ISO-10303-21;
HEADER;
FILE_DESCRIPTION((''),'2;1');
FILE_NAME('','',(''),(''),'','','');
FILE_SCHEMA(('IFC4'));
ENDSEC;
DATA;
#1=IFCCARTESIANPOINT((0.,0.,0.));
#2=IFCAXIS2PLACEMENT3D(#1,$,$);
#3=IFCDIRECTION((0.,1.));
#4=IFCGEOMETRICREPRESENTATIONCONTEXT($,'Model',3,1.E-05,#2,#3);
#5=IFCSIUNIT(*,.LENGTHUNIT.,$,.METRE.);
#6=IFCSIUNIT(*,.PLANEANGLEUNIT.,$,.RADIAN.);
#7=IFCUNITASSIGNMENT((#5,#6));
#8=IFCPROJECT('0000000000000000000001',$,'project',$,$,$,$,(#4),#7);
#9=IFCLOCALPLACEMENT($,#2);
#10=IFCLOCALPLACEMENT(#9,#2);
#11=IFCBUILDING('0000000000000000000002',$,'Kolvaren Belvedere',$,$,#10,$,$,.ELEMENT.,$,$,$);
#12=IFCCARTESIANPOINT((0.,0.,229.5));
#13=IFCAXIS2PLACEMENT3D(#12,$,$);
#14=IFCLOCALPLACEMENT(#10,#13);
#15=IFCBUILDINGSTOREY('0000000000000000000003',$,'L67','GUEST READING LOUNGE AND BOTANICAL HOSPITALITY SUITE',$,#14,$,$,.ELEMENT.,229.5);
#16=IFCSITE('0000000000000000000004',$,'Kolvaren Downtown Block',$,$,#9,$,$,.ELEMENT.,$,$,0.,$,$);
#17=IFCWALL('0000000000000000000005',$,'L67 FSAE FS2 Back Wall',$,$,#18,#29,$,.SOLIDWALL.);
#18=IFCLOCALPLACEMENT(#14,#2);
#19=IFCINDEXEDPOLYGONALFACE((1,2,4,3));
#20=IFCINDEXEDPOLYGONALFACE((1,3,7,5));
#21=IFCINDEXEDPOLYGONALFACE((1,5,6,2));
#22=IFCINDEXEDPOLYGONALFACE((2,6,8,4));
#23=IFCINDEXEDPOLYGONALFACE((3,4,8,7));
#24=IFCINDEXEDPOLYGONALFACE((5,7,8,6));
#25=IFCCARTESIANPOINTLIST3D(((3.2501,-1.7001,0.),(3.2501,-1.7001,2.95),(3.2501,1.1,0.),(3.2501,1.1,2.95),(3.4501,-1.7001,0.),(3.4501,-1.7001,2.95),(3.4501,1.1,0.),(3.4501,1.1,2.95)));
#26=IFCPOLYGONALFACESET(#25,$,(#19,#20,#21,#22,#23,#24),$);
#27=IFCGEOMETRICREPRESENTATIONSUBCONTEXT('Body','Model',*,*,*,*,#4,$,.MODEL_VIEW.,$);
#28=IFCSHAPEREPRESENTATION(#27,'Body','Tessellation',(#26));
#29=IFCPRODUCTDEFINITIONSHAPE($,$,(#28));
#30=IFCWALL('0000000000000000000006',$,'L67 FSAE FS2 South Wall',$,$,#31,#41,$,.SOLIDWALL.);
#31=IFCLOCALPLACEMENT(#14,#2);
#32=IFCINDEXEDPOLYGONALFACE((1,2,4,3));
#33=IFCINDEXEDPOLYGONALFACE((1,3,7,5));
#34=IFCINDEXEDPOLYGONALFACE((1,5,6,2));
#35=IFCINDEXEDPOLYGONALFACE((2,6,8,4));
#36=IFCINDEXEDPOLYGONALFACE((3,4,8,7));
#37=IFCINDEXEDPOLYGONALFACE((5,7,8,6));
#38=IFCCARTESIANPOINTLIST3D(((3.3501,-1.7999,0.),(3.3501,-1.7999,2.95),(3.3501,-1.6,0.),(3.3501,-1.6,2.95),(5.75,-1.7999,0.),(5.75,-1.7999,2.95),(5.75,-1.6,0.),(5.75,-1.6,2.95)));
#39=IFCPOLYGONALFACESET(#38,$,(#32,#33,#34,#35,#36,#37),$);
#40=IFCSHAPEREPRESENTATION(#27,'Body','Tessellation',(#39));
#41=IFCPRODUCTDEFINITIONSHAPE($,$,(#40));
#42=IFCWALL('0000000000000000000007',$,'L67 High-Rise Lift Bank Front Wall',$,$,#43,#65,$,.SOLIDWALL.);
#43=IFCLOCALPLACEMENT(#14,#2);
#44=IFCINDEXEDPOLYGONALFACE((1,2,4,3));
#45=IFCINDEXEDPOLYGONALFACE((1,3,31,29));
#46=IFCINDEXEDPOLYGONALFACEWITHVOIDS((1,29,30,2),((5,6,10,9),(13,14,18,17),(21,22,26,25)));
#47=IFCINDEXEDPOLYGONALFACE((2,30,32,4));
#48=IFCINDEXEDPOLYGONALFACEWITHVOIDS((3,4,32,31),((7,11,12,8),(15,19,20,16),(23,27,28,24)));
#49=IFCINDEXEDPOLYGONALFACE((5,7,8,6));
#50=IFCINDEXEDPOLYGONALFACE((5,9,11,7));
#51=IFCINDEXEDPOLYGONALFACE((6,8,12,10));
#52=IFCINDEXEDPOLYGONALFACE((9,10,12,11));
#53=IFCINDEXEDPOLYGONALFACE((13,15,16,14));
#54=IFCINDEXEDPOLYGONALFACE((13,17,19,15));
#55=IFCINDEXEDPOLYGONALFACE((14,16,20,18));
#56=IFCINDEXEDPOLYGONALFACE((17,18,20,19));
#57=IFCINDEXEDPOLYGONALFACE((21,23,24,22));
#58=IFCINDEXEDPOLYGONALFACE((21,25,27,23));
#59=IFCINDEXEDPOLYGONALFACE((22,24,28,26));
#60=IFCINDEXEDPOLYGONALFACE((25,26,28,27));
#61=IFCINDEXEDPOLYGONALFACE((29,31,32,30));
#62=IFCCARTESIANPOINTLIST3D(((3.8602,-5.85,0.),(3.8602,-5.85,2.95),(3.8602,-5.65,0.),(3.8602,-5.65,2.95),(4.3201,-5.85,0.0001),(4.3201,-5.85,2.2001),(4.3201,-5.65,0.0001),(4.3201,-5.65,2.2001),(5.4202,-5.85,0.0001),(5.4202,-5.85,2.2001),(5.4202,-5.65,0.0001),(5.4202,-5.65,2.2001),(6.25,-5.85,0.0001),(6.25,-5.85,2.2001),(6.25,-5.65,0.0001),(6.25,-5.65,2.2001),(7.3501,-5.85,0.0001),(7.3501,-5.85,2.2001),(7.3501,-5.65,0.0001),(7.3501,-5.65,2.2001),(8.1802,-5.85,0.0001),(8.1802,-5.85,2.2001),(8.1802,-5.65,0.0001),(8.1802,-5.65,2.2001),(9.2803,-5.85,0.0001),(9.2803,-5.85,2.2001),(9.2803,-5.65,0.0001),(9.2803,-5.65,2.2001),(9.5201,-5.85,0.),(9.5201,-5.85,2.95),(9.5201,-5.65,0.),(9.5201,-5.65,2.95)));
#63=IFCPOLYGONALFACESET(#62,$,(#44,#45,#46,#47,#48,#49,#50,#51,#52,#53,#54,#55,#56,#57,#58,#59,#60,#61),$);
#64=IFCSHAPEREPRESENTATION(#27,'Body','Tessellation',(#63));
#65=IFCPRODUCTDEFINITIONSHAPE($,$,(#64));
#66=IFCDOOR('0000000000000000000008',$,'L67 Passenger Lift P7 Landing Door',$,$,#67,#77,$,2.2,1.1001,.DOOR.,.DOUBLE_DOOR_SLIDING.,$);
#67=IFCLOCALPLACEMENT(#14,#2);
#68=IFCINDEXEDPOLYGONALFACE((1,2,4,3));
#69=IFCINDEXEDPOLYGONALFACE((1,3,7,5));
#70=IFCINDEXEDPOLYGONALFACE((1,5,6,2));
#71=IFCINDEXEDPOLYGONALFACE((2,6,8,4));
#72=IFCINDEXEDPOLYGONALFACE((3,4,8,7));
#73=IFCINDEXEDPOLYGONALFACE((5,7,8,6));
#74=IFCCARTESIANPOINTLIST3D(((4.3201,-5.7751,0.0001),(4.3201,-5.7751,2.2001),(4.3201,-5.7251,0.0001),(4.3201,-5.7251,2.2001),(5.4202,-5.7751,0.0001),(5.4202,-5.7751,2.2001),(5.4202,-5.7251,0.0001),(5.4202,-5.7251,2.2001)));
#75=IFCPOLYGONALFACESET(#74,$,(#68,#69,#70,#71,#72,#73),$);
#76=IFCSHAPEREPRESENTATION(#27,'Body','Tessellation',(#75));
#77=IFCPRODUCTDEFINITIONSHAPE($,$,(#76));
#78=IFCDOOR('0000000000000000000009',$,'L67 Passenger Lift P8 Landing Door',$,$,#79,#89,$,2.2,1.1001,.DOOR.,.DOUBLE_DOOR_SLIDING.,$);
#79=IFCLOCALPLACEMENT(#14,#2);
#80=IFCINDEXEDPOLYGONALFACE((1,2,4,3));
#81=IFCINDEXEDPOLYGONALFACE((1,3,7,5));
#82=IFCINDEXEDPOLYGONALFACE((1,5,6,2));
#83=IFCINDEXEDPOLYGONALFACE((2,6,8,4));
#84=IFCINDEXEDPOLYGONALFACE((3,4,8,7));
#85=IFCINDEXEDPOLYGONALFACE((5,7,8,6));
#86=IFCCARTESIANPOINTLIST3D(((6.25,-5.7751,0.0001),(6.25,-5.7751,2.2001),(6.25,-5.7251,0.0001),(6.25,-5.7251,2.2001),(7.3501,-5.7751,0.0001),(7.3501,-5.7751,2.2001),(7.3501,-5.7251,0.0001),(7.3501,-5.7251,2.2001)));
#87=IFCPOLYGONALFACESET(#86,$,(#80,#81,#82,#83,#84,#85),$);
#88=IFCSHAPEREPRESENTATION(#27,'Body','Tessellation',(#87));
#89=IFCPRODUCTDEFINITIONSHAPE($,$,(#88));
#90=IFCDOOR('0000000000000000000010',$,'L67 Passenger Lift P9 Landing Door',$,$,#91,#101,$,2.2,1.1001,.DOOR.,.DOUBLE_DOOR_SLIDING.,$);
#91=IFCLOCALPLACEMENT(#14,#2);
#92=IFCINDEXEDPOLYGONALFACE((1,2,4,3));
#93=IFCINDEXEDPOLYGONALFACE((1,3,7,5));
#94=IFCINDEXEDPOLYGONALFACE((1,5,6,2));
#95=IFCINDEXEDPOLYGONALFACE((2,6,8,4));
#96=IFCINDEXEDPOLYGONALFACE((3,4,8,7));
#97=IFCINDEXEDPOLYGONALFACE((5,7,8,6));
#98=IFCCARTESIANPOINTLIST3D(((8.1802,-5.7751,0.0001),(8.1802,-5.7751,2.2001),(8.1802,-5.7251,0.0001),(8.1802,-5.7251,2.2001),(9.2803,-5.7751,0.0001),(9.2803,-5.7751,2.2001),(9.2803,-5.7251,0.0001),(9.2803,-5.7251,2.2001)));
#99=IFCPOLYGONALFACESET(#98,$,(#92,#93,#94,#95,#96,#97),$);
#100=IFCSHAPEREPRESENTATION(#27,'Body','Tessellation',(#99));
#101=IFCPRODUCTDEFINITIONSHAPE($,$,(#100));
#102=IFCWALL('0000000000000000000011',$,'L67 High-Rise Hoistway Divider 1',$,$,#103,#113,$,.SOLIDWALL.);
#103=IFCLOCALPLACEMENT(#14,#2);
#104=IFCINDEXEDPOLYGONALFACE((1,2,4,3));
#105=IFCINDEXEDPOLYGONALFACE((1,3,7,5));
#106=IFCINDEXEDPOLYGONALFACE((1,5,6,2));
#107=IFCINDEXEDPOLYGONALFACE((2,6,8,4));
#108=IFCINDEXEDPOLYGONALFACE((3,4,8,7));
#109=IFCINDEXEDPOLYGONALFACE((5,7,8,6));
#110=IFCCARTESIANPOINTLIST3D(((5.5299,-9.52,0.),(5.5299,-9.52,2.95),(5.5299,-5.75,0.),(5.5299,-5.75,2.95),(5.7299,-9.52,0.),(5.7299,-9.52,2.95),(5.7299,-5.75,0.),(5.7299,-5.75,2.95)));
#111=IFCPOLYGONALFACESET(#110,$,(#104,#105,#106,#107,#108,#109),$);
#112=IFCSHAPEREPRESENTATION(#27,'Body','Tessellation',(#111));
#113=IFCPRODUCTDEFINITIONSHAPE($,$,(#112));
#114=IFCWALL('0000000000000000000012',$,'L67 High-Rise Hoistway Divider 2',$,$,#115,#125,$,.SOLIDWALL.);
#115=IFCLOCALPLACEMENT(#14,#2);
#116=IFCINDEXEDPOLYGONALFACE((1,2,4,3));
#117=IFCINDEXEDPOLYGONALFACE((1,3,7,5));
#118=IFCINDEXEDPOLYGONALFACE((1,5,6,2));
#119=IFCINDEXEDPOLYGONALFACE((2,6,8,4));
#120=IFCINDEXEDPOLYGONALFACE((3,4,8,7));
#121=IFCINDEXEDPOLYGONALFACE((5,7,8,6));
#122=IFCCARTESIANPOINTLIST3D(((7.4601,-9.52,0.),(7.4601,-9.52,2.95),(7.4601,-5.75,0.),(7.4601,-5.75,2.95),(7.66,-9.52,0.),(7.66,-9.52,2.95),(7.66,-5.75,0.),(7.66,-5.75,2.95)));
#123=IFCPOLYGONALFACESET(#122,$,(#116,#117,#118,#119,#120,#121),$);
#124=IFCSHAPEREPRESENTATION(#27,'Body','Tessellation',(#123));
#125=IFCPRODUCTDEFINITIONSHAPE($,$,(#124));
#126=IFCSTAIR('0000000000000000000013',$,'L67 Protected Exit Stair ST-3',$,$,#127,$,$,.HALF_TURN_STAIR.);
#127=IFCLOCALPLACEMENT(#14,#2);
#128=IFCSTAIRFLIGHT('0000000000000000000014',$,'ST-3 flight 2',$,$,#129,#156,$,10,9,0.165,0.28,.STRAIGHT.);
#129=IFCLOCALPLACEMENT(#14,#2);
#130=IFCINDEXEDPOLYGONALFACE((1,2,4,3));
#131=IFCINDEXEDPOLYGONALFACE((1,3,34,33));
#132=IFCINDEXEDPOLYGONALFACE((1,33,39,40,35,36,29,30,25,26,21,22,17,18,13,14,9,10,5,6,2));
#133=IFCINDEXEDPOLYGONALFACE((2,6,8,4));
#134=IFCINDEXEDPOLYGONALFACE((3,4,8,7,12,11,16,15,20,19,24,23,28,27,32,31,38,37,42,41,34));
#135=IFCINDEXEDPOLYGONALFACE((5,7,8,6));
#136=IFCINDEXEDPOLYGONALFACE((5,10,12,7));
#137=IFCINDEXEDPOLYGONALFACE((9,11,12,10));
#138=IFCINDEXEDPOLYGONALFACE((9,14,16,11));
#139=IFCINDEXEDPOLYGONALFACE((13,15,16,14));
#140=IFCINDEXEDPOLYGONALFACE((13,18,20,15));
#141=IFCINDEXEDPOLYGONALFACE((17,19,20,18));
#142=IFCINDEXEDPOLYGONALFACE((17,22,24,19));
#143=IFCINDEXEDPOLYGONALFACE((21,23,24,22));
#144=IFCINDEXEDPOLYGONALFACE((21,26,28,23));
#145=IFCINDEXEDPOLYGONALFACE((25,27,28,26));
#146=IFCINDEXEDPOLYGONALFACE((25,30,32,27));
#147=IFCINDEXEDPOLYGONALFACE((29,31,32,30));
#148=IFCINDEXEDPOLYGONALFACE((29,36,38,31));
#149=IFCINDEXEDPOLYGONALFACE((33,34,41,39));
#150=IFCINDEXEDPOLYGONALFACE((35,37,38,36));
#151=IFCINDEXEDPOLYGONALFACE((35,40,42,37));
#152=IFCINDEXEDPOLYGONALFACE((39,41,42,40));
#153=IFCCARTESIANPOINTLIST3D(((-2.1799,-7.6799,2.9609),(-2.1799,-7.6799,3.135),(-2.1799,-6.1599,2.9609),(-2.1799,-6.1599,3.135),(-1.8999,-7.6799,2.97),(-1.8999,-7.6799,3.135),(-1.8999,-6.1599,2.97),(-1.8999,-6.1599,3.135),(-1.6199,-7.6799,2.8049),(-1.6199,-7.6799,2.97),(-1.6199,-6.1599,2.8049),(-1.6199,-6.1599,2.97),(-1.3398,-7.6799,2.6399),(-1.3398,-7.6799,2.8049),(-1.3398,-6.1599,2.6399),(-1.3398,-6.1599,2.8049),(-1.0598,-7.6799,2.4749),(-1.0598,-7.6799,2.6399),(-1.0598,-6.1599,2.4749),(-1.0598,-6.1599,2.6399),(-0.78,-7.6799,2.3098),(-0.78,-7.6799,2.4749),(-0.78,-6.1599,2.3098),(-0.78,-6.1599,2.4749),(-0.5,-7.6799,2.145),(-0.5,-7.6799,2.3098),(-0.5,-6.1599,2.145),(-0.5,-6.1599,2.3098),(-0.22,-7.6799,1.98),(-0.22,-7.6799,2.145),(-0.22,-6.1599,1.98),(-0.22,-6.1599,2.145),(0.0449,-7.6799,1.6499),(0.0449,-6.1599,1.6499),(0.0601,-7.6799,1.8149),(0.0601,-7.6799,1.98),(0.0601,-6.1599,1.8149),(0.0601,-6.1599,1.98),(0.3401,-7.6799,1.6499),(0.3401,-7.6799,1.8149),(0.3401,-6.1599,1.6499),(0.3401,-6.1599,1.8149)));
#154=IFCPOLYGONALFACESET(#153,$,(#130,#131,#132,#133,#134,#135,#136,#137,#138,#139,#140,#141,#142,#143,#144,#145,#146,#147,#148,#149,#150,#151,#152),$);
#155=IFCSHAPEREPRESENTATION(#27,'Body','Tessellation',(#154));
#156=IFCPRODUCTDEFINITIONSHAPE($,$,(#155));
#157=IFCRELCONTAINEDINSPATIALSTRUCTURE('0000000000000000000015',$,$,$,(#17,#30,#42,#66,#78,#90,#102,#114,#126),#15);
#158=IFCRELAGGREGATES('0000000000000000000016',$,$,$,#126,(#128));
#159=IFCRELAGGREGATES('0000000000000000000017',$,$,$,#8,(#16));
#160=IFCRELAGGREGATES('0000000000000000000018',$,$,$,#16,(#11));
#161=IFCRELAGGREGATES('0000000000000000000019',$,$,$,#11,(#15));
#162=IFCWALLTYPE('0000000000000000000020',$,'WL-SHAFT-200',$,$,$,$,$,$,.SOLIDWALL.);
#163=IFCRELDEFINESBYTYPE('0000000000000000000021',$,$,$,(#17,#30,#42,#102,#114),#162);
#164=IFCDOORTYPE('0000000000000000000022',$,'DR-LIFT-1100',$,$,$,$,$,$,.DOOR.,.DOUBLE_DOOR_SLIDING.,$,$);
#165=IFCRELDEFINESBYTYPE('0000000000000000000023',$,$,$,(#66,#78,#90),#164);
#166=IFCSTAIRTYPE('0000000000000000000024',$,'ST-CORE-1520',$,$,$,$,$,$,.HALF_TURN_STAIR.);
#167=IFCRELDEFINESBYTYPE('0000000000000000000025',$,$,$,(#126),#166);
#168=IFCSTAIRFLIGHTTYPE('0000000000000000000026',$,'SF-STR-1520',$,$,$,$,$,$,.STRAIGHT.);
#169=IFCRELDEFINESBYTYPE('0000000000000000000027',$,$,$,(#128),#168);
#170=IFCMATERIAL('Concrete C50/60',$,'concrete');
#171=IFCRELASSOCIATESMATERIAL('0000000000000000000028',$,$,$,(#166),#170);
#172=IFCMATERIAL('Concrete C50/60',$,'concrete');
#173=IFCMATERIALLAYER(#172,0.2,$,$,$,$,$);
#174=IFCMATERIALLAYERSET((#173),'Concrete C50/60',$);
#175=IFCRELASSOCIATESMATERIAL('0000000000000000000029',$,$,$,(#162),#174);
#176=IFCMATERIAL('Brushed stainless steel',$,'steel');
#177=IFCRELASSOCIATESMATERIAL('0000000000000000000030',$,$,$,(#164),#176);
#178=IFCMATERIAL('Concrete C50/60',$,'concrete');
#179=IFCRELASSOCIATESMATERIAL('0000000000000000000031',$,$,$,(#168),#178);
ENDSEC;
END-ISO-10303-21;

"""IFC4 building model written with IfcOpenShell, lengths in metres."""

from ifc_helpers import new_model, si_unit, direction, frame, frame_2d, origin, place, context, subcontext, project, spatial, polyline, rectangle, outline, extrude, material, layer, layer_set, type_object, element, fill, aggregate, save


model = new_model("IFC4")

# Units and contexts
model_context = context("Model", 3, precision=1e-05, world=origin(), true_north=direction((0.0, 1.0)))
body_context = subcontext(model_context, "Body", "Model", "MODEL_VIEW")
ifc_project = project(units=[si_unit("LENGTHUNIT", "METRE"), si_unit("PLANEANGLEUNIT", "RADIAN")], contexts=[model_context])

# Site, building, storey
site_placement = place(None, origin())
site = spatial("IfcSite", under=ifc_project, at=site_placement, Name="Kolvaren Downtown Block", CompositionType="ELEMENT", RefElevation=0.0)
building_placement = place(site_placement, origin())
building = spatial("IfcBuilding", under=site, at=building_placement, Name="Kolvaren Belvedere", CompositionType="ELEMENT")
storey_placement = place(building_placement, frame((0.0, 0.0, 229.5)))
storey = spatial("IfcBuildingStorey", under=building, at=storey_placement, Name="L67", Description="GUEST READING LOUNGE AND BOTANICAL HOSPITALITY SUITE", CompositionType="ELEMENT", Elevation=229.5)

# Shared definitions
ifc_material_1 = material(Name="Concrete C50/60", Category="concrete")
stair_type = type_object("IfcStairType", Name="ST-CORE-1520", PredefinedType="HALF_TURN_STAIR", material=ifc_material_1)

# Shared definitions
ifc_material_2 = material(Name="Concrete C50/60", Category="concrete")
ifc_layer_1 = layer(ifc_material_2, 0.2)
ifc_layer_set_1 = layer_set([ifc_layer_1], Name="Concrete C50/60")
wall_type_1 = type_object("IfcWallType", Name="WL-SHAFT-200", PredefinedType="SOLIDWALL", material=ifc_layer_set_1)
ifc_material_3 = material(Name="Brushed stainless steel", Category="steel")
door_type_1 = type_object("IfcDoorType", Name="DR-LIFT-1100", OperationType="DOUBLE_DOOR_SLIDING", PredefinedType="DOOR", material=ifc_material_3)

# Walls
wall_1_placement = place(storey_placement, frame((3.3501, -1.7, 0.0), z_axis=(0.0, 0.0, 1.0), x_axis=(0.0, 1.0, 0.0)))
element("IfcWall", 1, at=wall_1_placement, inside=storey, type_object=wall_type_1, Name="L67 FSAE FS2 Back Wall", PredefinedType="SOLIDWALL", context=body_context, shape_type="SweptSolid", body=[
    extrude(rectangle(XDim=2.8, YDim=0.2, at=frame_2d((1.3999, 0.0))), origin(), (0.0, 0.0, 1.0), 2.95),
])
wall_2_placement = place(storey_placement, frame((3.3501, -1.7, 0.0), z_axis=(0.0, 0.0, 1.0), x_axis=(1.0, 0.0, 0.0)))
element("IfcWall", 2, at=wall_2_placement, inside=storey, type_object=wall_type_1, Name="L67 FSAE FS2 South Wall", PredefinedType="SOLIDWALL", context=body_context, shape_type="SweptSolid", body=[
    extrude(rectangle(XDim=2.3999, YDim=0.2, at=frame_2d((1.2, 0.0))), origin(), (0.0, 0.0, 1.0), 2.95),
])

# Wall, openings, doors
wall_3_placement = place(storey_placement, frame((3.8601, -5.75, 0.0), z_axis=(0.0, 0.0, 1.0), x_axis=(1.0, 0.0, 0.0)))
wall_3 = element("IfcWall", 3, at=wall_3_placement, inside=storey, type_object=wall_type_1, Name="L67 High-Rise Lift Bank Front Wall", PredefinedType="SOLIDWALL", context=body_context, shape_type="SweptSolid", body=[
    extrude(rectangle(XDim=5.6599, YDim=0.2, at=frame_2d((2.8301, 0.0))), origin(), (0.0, 0.0, 1.0), 2.95),
])
opening_1_placement = place(wall_3_placement, frame((0.46, 0.0, 0.0)))
opening_1 = element("IfcOpeningElement", 4, at=opening_1_placement, cuts=wall_3, PredefinedType="OPENING", context=body_context, shape_type="SweptSolid", body=[
    extrude(rectangle(XDim=1.1001, YDim=2.2, at=frame_2d((0.55, 1.1001))), frame((0.0, 0.1099, 0.0), z_axis=(0.0, -1.0, 0.0), x_axis=(1.0, 0.0, 0.0)), (0.0, 0.0, 1.0), 0.22),
])
opening_2_placement = place(wall_3_placement, frame((2.3899, 0.0, 0.0)))
opening_2 = element("IfcOpeningElement", 5, at=opening_2_placement, cuts=wall_3, PredefinedType="OPENING", context=body_context, shape_type="SweptSolid", body=[
    extrude(rectangle(XDim=1.1001, YDim=2.2, at=frame_2d((0.55, 1.1001))), frame((0.0, 0.1099, 0.0), z_axis=(0.0, -1.0, 0.0), x_axis=(1.0, 0.0, 0.0)), (0.0, 0.0, 1.0), 0.22),
])
opening_3_placement = place(wall_3_placement, frame((4.3201, 0.0, 0.0)))
opening_3 = element("IfcOpeningElement", 6, at=opening_3_placement, cuts=wall_3, PredefinedType="OPENING", context=body_context, shape_type="SweptSolid", body=[
    extrude(rectangle(XDim=1.1001, YDim=2.2, at=frame_2d((0.55, 1.1001))), frame((0.0, 0.1099, 0.0), z_axis=(0.0, -1.0, 0.0), x_axis=(1.0, 0.0, 0.0)), (0.0, 0.0, 1.0), 0.22),
])
door_1_placement = place(opening_1_placement, origin())
door_1 = element("IfcDoor", 7, at=door_1_placement, inside=storey, type_object=door_type_1, Name="L67 Passenger Lift P7 Landing Door", OperationType="DOUBLE_DOOR_SLIDING", OverallHeight=2.2, OverallWidth=1.1001, PredefinedType="DOOR", context=body_context, shape_type="SweptSolid", body=[
    extrude(rectangle(XDim=1.1001, YDim=2.2, at=frame_2d((0.55, 1.1001))), frame((0.0, 0.0249, 0.0), z_axis=(0.0, -1.0, 0.0), x_axis=(1.0, 0.0, 0.0)), (0.0, 0.0, 1.0), 0.05),
])
fill(opening_1, door_1)
door_2_placement = place(opening_2_placement, origin())
door_2 = element("IfcDoor", 8, at=door_2_placement, inside=storey, type_object=door_type_1, Name="L67 Passenger Lift P8 Landing Door", OperationType="DOUBLE_DOOR_SLIDING", OverallHeight=2.2, OverallWidth=1.1001, PredefinedType="DOOR", context=body_context, shape_type="SweptSolid", body=[
    extrude(rectangle(XDim=1.1001, YDim=2.2, at=frame_2d((0.55, 1.1001))), frame((0.0, 0.0249, 0.0), z_axis=(0.0, -1.0, 0.0), x_axis=(1.0, 0.0, 0.0)), (0.0, 0.0, 1.0), 0.05),
])
fill(opening_2, door_2)
door_3_placement = place(opening_3_placement, origin())
door_3 = element("IfcDoor", 9, at=door_3_placement, inside=storey, type_object=door_type_1, Name="L67 Passenger Lift P9 Landing Door", OperationType="DOUBLE_DOOR_SLIDING", OverallHeight=2.2, OverallWidth=1.1001, PredefinedType="DOOR", context=body_context, shape_type="SweptSolid", body=[
    extrude(rectangle(XDim=1.1001, YDim=2.2, at=frame_2d((0.55, 1.1001))), frame((0.0, 0.0249, 0.0), z_axis=(0.0, -1.0, 0.0), x_axis=(1.0, 0.0, 0.0)), (0.0, 0.0, 1.0), 0.05),
])
fill(opening_3, door_3)

# Walls
for number, where, z_axis, x_axis, name in (
    (10, (5.6299, -9.52, 0.0), (0.0, 0.0, 1.0), (0.0, 1.0, 0.0), "L67 High-Rise Hoistway Divider 1"),
    (11, (7.5601, -9.52, 0.0), (0.0, 0.0, 1.0), (0.0, 1.0, 0.0), "L67 High-Rise Hoistway Divider 2"),
):
    element("IfcWall", number, at=place(storey_placement, frame(where, z_axis=z_axis, x_axis=x_axis)), inside=storey, type_object=wall_type_1, Name=name, PredefinedType="SOLIDWALL", context=body_context, shape_type="SweptSolid", body=[
        extrude(rectangle(XDim=3.77, YDim=0.2, at=frame_2d((1.885, 0.0))), origin(), (0.0, 0.0, 1.0), 2.95),
    ])

# Stair, stair flight
stair_1_placement = place(storey_placement, origin())
stair_1 = element("IfcStair", 12, at=stair_1_placement, inside=storey, type_object=stair_type, Name="L67 Protected Exit Stair ST-3", PredefinedType="HALF_TURN_STAIR")
ifc_material_4 = material(Name="Concrete C50/60", Category="concrete")
stair_flight_type = type_object("IfcStairFlightType", Name="SF-STR-1520", PredefinedType="STRAIGHT", material=ifc_material_4)
stair_flight_placement = place(storey_placement, frame((0.3401, -6.9199, 1.6499), z_axis=(0.0, 0.0, 1.0), x_axis=(-1.0, 0.0, 0.0)))
stair_flight = element("IfcStairFlight", 13, at=stair_flight_placement, type_object=stair_flight_type, Name="ST-3 flight 2", NumberOfRisers=10, NumberOfTreads=9, PredefinedType="STRAIGHT", RiserHeight=0.165, TreadLength=0.28, context=body_context, shape_type="SweptSolid", body=[
    extrude(outline(polyline([(0.0, 0.0), (0.0, 0.165), (0.28, 0.165), (0.28, 0.3301), (0.5601, 0.3301), (0.5601, 0.4951), (0.8401, 0.4951), (0.8401, 0.6599), (1.1201, 0.6599), (1.1201, 0.825), (1.3999, 0.825), (1.3999, 0.99), (1.6799, 0.99), (1.6799, 1.155), (1.96, 1.155), (1.96, 1.3201), (2.24, 1.3201), (2.24, 1.4851), (2.52, 1.4851), (2.52, 1.6499), (2.52, 1.311), (0.2952, 0.0), (0.0, 0.0)])), frame((0.0, 0.76, 0.0), z_axis=(0.0, -1.0, 0.0), x_axis=(1.0, 0.0, 0.0)), (0.0, 0.0, 1.0), 1.52),
])
aggregate(stair_1, [stair_flight])

save(model, "model.ifc")
